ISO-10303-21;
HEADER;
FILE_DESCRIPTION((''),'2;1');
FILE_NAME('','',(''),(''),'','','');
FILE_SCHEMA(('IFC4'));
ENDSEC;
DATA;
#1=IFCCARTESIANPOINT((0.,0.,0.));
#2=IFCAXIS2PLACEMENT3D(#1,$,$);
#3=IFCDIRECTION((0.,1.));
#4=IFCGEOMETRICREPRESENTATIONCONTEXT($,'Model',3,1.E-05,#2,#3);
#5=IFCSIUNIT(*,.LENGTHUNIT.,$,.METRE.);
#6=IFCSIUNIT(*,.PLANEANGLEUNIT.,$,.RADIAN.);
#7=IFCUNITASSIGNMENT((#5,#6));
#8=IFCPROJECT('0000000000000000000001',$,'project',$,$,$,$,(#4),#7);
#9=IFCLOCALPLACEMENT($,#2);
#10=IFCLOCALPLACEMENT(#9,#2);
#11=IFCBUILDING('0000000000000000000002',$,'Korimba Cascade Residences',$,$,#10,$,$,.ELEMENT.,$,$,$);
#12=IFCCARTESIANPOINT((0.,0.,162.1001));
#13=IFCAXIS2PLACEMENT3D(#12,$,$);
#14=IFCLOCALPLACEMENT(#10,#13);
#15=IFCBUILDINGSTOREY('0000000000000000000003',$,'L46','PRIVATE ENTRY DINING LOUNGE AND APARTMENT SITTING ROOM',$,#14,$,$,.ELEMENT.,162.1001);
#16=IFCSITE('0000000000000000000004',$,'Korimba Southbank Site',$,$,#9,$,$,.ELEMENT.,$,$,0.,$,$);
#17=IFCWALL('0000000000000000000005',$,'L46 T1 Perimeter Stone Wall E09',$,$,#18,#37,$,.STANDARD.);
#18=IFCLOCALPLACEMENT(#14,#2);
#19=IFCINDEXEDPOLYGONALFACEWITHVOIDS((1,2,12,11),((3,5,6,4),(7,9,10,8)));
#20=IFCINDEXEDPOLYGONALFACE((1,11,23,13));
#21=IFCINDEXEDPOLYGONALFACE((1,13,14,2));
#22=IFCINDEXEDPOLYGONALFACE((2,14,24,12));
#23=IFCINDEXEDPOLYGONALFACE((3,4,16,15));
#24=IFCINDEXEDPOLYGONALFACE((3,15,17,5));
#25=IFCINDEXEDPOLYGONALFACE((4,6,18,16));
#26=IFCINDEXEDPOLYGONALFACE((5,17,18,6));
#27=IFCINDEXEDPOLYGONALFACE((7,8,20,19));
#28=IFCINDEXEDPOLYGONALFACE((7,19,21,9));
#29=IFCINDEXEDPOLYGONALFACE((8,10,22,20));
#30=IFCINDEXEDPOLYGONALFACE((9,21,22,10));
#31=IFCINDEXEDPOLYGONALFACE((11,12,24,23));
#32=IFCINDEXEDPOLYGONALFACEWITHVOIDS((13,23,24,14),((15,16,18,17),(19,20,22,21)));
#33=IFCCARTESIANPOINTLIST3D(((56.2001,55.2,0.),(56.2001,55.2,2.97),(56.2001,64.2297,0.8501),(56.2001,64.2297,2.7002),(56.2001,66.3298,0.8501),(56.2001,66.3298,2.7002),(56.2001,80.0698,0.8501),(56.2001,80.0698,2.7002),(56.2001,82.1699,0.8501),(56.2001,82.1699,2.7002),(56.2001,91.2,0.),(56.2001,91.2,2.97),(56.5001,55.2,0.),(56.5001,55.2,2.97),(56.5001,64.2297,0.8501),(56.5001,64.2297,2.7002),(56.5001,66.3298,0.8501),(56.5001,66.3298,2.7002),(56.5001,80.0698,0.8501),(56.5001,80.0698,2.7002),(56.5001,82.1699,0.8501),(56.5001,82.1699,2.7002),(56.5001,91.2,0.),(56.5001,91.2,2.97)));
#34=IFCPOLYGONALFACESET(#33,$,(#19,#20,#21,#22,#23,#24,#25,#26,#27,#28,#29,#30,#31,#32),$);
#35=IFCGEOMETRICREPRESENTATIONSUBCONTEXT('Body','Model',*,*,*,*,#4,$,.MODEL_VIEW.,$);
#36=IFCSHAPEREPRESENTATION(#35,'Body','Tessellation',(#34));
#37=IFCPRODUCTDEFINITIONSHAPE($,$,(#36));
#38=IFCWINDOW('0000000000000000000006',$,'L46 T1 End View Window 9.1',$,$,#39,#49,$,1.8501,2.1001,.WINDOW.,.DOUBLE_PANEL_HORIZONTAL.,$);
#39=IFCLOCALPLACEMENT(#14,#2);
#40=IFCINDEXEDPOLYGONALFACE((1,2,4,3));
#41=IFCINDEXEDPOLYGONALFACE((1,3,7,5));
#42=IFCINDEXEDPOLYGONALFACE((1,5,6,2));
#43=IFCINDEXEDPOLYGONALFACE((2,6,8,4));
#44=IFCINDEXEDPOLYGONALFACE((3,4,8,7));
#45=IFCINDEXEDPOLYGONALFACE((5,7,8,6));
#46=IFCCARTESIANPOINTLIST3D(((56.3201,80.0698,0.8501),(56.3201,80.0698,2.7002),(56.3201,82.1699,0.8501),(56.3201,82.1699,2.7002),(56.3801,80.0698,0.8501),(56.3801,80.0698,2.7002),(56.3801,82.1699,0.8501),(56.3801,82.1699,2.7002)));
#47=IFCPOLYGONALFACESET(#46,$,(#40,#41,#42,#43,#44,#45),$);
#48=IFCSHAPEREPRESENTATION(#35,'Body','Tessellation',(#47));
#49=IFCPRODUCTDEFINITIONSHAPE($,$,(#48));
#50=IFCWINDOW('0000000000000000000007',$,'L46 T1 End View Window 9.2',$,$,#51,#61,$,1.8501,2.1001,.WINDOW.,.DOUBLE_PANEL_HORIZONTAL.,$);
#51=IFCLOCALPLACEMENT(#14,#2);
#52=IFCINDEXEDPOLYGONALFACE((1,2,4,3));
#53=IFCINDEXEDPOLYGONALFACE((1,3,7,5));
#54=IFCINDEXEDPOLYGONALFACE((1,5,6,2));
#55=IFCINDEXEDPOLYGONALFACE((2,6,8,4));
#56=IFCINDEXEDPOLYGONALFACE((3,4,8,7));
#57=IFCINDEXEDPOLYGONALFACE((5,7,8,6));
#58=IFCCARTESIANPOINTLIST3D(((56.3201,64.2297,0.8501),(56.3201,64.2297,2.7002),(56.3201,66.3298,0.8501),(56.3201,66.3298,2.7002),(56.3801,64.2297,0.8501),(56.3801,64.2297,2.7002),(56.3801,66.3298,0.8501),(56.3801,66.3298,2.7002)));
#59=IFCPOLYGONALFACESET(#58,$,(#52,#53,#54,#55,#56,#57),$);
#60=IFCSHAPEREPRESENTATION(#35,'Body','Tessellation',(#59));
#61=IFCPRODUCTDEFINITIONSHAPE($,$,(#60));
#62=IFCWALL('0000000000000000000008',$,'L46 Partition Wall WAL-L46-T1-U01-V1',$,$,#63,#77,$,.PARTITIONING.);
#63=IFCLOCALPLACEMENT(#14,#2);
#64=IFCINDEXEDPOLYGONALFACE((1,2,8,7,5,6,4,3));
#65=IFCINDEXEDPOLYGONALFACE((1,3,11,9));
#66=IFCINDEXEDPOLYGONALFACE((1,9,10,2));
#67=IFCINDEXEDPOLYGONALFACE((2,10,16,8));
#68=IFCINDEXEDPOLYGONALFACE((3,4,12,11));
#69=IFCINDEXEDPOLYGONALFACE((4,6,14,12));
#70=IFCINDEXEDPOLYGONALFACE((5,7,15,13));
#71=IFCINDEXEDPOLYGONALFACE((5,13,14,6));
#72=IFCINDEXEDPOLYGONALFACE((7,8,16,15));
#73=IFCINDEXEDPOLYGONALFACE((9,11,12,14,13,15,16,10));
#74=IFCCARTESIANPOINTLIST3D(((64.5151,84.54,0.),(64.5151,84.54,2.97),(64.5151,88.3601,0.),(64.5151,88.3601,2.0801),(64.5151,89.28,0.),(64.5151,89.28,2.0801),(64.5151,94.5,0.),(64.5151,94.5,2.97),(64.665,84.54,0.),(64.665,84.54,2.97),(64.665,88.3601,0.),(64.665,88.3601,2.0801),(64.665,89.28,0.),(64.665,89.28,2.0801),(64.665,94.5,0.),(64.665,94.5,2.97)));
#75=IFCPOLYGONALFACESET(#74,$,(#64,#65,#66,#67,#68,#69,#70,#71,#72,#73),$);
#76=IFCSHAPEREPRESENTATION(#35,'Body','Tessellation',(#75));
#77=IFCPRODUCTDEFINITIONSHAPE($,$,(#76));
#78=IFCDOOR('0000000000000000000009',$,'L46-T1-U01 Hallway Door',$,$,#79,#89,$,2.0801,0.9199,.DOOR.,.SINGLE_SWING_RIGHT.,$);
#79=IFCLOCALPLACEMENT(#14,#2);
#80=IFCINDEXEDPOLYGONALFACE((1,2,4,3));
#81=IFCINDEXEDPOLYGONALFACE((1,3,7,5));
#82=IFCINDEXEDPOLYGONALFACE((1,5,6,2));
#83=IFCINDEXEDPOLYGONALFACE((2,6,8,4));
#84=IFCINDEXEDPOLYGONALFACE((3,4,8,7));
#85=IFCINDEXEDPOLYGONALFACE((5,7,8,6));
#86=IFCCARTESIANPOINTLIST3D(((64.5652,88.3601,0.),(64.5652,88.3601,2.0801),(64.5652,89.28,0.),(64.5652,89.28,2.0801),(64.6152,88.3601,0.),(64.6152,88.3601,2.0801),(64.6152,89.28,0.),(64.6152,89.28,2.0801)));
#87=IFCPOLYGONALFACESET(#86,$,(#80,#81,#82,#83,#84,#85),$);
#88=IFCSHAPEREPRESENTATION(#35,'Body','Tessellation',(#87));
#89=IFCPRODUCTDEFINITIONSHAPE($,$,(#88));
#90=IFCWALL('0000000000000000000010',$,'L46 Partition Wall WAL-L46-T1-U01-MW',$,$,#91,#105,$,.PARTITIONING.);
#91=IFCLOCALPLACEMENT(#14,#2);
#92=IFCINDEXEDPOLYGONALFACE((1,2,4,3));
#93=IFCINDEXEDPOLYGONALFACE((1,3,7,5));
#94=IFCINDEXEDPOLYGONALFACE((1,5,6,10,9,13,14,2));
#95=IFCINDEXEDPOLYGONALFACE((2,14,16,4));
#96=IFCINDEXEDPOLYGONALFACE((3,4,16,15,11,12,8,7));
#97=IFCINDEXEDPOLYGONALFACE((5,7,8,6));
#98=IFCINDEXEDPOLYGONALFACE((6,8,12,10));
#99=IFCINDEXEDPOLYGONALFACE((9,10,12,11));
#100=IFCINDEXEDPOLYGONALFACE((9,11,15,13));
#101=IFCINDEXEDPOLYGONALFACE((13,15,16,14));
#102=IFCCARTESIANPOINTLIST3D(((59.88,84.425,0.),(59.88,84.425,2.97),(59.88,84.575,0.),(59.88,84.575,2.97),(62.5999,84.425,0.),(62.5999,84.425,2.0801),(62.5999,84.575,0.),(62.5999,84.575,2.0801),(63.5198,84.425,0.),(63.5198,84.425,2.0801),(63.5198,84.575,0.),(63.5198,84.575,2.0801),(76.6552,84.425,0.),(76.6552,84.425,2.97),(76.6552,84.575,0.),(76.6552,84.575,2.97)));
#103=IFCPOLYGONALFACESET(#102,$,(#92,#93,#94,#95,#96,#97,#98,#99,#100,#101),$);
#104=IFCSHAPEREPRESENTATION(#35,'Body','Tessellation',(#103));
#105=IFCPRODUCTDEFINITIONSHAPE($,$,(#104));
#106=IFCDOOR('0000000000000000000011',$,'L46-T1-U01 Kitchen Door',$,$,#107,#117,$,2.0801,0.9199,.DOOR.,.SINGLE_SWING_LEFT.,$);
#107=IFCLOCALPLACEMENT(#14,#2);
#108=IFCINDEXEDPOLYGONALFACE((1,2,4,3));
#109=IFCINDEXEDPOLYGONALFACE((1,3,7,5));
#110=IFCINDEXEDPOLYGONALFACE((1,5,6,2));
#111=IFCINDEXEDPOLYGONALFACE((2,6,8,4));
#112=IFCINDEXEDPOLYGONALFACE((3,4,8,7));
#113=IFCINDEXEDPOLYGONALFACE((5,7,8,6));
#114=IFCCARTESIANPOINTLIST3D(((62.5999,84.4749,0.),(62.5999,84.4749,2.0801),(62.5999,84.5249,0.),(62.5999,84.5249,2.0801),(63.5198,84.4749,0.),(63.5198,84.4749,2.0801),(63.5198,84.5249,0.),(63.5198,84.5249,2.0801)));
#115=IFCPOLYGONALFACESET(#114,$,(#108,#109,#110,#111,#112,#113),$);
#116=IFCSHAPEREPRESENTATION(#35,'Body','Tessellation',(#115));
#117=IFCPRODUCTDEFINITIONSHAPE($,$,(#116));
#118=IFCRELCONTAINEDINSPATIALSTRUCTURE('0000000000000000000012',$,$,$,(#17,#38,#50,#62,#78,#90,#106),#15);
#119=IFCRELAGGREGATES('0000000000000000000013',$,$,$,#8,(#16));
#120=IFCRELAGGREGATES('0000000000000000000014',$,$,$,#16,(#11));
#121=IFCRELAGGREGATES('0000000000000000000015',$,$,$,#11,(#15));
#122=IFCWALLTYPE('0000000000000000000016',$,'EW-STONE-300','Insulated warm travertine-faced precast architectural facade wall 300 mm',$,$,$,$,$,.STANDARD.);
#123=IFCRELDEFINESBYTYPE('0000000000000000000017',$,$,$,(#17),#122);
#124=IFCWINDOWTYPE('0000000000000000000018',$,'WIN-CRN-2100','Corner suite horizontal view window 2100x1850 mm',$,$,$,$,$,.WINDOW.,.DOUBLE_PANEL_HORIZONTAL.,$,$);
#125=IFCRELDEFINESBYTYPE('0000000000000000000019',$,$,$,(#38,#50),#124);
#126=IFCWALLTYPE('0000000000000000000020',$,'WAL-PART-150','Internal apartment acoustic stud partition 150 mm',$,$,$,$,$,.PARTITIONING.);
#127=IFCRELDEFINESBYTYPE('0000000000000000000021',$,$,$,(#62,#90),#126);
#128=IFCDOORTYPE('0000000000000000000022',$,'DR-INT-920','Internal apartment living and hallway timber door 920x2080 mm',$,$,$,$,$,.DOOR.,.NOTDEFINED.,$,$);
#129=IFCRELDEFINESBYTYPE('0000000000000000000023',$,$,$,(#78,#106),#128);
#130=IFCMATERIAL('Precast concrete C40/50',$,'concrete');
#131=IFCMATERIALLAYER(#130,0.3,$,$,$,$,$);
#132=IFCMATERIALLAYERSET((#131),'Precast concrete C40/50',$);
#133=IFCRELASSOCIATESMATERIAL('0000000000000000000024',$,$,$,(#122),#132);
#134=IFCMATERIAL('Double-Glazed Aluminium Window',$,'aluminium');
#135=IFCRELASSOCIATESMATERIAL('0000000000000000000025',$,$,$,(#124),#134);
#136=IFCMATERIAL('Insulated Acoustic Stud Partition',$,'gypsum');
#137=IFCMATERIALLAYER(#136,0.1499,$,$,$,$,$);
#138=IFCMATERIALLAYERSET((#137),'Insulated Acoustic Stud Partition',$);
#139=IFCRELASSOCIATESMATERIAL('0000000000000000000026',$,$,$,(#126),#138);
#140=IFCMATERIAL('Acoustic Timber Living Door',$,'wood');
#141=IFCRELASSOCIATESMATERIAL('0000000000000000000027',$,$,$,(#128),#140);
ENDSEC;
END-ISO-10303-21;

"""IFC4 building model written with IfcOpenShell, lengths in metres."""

from ifc_helpers import new_model, si_unit, direction, frame, frame_2d, origin, place, context, subcontext, project, spatial, rectangle, extrude, material, layer, layer_set, type_object, element, fill, save


model = new_model("IFC4")

# Units and contexts
model_context = context("Model", 3, precision=1e-05, world=origin(), true_north=direction((0.0, 1.0)))
body_context = subcontext(model_context, "Body", "Model", "MODEL_VIEW")
ifc_project = project(units=[si_unit("LENGTHUNIT", "METRE"), si_unit("PLANEANGLEUNIT", "RADIAN")], contexts=[model_context])

# Site, building, storey
site_placement = place(None, origin())
site = spatial("IfcSite", under=ifc_project, at=site_placement, Name="Korimba Southbank Site", CompositionType="ELEMENT", RefElevation=0.0)
building_placement = place(site_placement, origin())
building = spatial("IfcBuilding", under=site, at=building_placement, Name="Korimba Cascade Residences", CompositionType="ELEMENT")
storey_placement = place(building_placement, frame((0.0, 0.0, 162.1001)))
storey = spatial("IfcBuildingStorey", under=building, at=storey_placement, Name="L46", Description="PRIVATE ENTRY DINING LOUNGE AND APARTMENT SITTING ROOM", CompositionType="ELEMENT", Elevation=162.1001)

# Shared definitions
ifc_material_1 = material(Name="Precast concrete C40/50", Category="concrete")

# Shared definitions
ifc_layer_1 = layer(ifc_material_1, 0.3)
ifc_layer_set_1 = layer_set([ifc_layer_1], Name="Precast concrete C40/50")
wall_type_1 = type_object("IfcWallType", Name="EW-STONE-300", Description="Insulated warm travertine-faced precast architectural facade wall 300 mm", PredefinedType="STANDARD", material=ifc_layer_set_1)

# Wall, openings, windows
wall_1_placement = place(storey_placement, frame((56.3501, 91.2, 0.0), z_axis=(0.0, 0.0, 1.0), x_axis=(0.0, -1.0, 0.0)))
wall_1 = element("IfcWall", 1, at=wall_1_placement, inside=storey, type_object=wall_type_1, Name="L46 T1 Perimeter Stone Wall E09", PredefinedType="STANDARD", context=body_context, shape_type="SweptSolid", body=[
    extrude(rectangle(XDim=36.0, YDim=0.3, at=frame_2d((18.0, 0.0))), origin(), (0.0, 0.0, 1.0), 2.97),
])
opening_1_placement = place(wall_1_placement, frame((9.03, 0.0, 0.8501)))
opening_1 = element("IfcOpeningElement", 2, at=opening_1_placement, cuts=wall_1, PredefinedType="OPENING", context=body_context, shape_type="SweptSolid", body=[
    extrude(rectangle(XDim=2.1001, YDim=1.8501, at=frame_2d((1.05, 0.925))), frame((0.0, 0.1602, 0.0), z_axis=(0.0, -1.0, 0.0), x_axis=(1.0, 0.0, 0.0)), (0.0, 0.0, 1.0), 0.3201),
])
opening_2_placement = place(wall_1_placement, frame((24.8701, 0.0, 0.8501)))
opening_2 = element("IfcOpeningElement", 3, at=opening_2_placement, cuts=wall_1, PredefinedType="OPENING", context=body_context, shape_type="SweptSolid", body=[
    extrude(rectangle(XDim=2.1001, YDim=1.8501, at=frame_2d((1.05, 0.925))), frame((0.0, 0.1602, 0.0), z_axis=(0.0, -1.0, 0.0), x_axis=(1.0, 0.0, 0.0)), (0.0, 0.0, 1.0), 0.3201),
])
ifc_material_2 = material(Name="Double-Glazed Aluminium Window", Category="aluminium")
window_type = type_object("IfcWindowType", Name="WIN-CRN-2100", Description="Corner suite horizontal view window 2100x1850 mm", PartitioningType="DOUBLE_PANEL_HORIZONTAL", PredefinedType="WINDOW", material=ifc_material_2)
window_1_placement = place(opening_1_placement, origin())
window_1 = element("IfcWindow", 4, at=window_1_placement, inside=storey, type_object=window_type, Name="L46 T1 End View Window 9.1", OverallHeight=1.8501, OverallWidth=2.1001, PartitioningType="DOUBLE_PANEL_HORIZONTAL", PredefinedType="WINDOW", context=body_context, shape_type="SweptSolid", body=[
    extrude(rectangle(XDim=2.1001, YDim=1.8501, at=frame_2d((1.05, 0.925))), frame((0.0, 0.03, 0.0), z_axis=(0.0, -1.0, 0.0), x_axis=(1.0, 0.0, 0.0)), (0.0, 0.0, 1.0), 0.0601),
])
fill(opening_1, window_1)
window_2_placement = place(opening_2_placement, origin())
window_2 = element("IfcWindow", 5, at=window_2_placement, inside=storey, type_object=window_type, Name="L46 T1 End View Window 9.2", OverallHeight=1.8501, OverallWidth=2.1001, PartitioningType="DOUBLE_PANEL_HORIZONTAL", PredefinedType="WINDOW", context=body_context, shape_type="SweptSolid", body=[
    extrude(rectangle(XDim=2.1001, YDim=1.8501, at=frame_2d((1.05, 0.925))), frame((0.0, 0.03, 0.0), z_axis=(0.0, -1.0, 0.0), x_axis=(1.0, 0.0, 0.0)), (0.0, 0.0, 1.0), 0.0601),
])
fill(opening_2, window_2)

# Walls, openings, doors
ifc_material_3 = material(Name="Insulated Acoustic Stud Partition", Category="gypsum")
ifc_layer_2 = layer(ifc_material_3, 0.1499)
ifc_layer_set_2 = layer_set([ifc_layer_2], Name="Insulated Acoustic Stud Partition")
wall_type_2 = type_object("IfcWallType", Name="WAL-PART-150", Description="Internal apartment acoustic stud partition 150 mm", PredefinedType="PARTITIONING", material=ifc_layer_set_2)
wall_2_placement = place(storey_placement, frame((64.5901, 84.54, 0.0), z_axis=(0.0, 0.0, 1.0), x_axis=(0.0, 1.0, 0.0)))
wall_2 = element("IfcWall", 6, at=wall_2_placement, inside=storey, type_object=wall_type_2, Name="L46 Partition Wall WAL-L46-T1-U01-V1", PredefinedType="PARTITIONING", context=body_context, shape_type="SweptSolid", body=[
    extrude(rectangle(XDim=9.96, YDim=0.1499, at=frame_2d((4.98, 0.0))), origin(), (0.0, 0.0, 1.0), 2.97),
])
opening_3_placement = place(wall_2_placement, frame((3.8201, 0.0, 0.0)))
opening_3 = element("IfcOpeningElement", 7, at=opening_3_placement, cuts=wall_2, PredefinedType="OPENING", context=body_context, shape_type="SweptSolid", body=[
    extrude(rectangle(XDim=0.9199, YDim=2.0801, at=frame_2d((0.46, 1.04))), frame((0.0, 0.085, 0.0), z_axis=(0.0, -1.0, 0.0), x_axis=(1.0, 0.0, 0.0)), (0.0, 0.0, 1.0), 0.1699),
])
ifc_material_4 = material(Name="Acoustic Timber Living Door", Category="wood")
door_type_1 = type_object("IfcDoorType", Name="DR-INT-920", Description="Internal apartment living and hallway timber door 920x2080 mm", OperationType="NOTDEFINED", PredefinedType="DOOR", material=ifc_material_4)
door_1_placement = place(opening_3_placement, origin())
door_1 = element("IfcDoor", 8, at=door_1_placement, inside=storey, type_object=door_type_1, Name="L46-T1-U01 Hallway Door", OperationType="SINGLE_SWING_RIGHT", OverallHeight=2.0801, OverallWidth=0.9199, PredefinedType="DOOR", context=body_context, shape_type="SweptSolid", body=[
    extrude(rectangle(XDim=0.9199, YDim=2.0801, at=frame_2d((0.46, 1.04))), frame((0.0, 0.0249, 0.0), z_axis=(0.0, -1.0, 0.0), x_axis=(1.0, 0.0, 0.0)), (0.0, 0.0, 1.0), 0.05),
])
fill(opening_3, door_1)
wall_3_placement = place(storey_placement, frame((59.8799, 84.5, 0.0), z_axis=(0.0, 0.0, 1.0), x_axis=(1.0, 0.0, 0.0)))
wall_3 = element("IfcWall", 9, at=wall_3_placement, inside=storey, type_object=wall_type_2, Name="L46 Partition Wall WAL-L46-T1-U01-MW", PredefinedType="PARTITIONING", context=body_context, shape_type="SweptSolid", body=[
    extrude(rectangle(XDim=16.7751, YDim=0.1499, at=frame_2d((8.3877, 0.0))), origin(), (0.0, 0.0, 1.0), 2.97),
])
opening_4_placement = place(wall_3_placement, frame((2.72, 0.0, 0.0)))
opening_4 = element("IfcOpeningElement", 10, at=opening_4_placement, cuts=wall_3, PredefinedType="OPENING", context=body_context, shape_type="SweptSolid", body=[
    extrude(rectangle(XDim=0.9199, YDim=2.0801, at=frame_2d((0.46, 1.04))), frame((0.0, 0.085, 0.0), z_axis=(0.0, -1.0, 0.0), x_axis=(1.0, 0.0, 0.0)), (0.0, 0.0, 1.0), 0.1699),
])
door_2_placement = place(opening_4_placement, origin())
door_2 = element("IfcDoor", 11, at=door_2_placement, inside=storey, type_object=door_type_1, Name="L46-T1-U01 Kitchen Door", OperationType="SINGLE_SWING_LEFT", OverallHeight=2.0801, OverallWidth=0.9199, PredefinedType="DOOR", context=body_context, shape_type="SweptSolid", body=[
    extrude(rectangle(XDim=0.9199, YDim=2.0801, at=frame_2d((0.46, 1.04))), frame((0.0, 0.0249, 0.0), z_axis=(0.0, -1.0, 0.0), x_axis=(1.0, 0.0, 0.0)), (0.0, 0.0, 1.0), 0.05),
])
fill(opening_4, door_2)

save(model, "model.ifc")
